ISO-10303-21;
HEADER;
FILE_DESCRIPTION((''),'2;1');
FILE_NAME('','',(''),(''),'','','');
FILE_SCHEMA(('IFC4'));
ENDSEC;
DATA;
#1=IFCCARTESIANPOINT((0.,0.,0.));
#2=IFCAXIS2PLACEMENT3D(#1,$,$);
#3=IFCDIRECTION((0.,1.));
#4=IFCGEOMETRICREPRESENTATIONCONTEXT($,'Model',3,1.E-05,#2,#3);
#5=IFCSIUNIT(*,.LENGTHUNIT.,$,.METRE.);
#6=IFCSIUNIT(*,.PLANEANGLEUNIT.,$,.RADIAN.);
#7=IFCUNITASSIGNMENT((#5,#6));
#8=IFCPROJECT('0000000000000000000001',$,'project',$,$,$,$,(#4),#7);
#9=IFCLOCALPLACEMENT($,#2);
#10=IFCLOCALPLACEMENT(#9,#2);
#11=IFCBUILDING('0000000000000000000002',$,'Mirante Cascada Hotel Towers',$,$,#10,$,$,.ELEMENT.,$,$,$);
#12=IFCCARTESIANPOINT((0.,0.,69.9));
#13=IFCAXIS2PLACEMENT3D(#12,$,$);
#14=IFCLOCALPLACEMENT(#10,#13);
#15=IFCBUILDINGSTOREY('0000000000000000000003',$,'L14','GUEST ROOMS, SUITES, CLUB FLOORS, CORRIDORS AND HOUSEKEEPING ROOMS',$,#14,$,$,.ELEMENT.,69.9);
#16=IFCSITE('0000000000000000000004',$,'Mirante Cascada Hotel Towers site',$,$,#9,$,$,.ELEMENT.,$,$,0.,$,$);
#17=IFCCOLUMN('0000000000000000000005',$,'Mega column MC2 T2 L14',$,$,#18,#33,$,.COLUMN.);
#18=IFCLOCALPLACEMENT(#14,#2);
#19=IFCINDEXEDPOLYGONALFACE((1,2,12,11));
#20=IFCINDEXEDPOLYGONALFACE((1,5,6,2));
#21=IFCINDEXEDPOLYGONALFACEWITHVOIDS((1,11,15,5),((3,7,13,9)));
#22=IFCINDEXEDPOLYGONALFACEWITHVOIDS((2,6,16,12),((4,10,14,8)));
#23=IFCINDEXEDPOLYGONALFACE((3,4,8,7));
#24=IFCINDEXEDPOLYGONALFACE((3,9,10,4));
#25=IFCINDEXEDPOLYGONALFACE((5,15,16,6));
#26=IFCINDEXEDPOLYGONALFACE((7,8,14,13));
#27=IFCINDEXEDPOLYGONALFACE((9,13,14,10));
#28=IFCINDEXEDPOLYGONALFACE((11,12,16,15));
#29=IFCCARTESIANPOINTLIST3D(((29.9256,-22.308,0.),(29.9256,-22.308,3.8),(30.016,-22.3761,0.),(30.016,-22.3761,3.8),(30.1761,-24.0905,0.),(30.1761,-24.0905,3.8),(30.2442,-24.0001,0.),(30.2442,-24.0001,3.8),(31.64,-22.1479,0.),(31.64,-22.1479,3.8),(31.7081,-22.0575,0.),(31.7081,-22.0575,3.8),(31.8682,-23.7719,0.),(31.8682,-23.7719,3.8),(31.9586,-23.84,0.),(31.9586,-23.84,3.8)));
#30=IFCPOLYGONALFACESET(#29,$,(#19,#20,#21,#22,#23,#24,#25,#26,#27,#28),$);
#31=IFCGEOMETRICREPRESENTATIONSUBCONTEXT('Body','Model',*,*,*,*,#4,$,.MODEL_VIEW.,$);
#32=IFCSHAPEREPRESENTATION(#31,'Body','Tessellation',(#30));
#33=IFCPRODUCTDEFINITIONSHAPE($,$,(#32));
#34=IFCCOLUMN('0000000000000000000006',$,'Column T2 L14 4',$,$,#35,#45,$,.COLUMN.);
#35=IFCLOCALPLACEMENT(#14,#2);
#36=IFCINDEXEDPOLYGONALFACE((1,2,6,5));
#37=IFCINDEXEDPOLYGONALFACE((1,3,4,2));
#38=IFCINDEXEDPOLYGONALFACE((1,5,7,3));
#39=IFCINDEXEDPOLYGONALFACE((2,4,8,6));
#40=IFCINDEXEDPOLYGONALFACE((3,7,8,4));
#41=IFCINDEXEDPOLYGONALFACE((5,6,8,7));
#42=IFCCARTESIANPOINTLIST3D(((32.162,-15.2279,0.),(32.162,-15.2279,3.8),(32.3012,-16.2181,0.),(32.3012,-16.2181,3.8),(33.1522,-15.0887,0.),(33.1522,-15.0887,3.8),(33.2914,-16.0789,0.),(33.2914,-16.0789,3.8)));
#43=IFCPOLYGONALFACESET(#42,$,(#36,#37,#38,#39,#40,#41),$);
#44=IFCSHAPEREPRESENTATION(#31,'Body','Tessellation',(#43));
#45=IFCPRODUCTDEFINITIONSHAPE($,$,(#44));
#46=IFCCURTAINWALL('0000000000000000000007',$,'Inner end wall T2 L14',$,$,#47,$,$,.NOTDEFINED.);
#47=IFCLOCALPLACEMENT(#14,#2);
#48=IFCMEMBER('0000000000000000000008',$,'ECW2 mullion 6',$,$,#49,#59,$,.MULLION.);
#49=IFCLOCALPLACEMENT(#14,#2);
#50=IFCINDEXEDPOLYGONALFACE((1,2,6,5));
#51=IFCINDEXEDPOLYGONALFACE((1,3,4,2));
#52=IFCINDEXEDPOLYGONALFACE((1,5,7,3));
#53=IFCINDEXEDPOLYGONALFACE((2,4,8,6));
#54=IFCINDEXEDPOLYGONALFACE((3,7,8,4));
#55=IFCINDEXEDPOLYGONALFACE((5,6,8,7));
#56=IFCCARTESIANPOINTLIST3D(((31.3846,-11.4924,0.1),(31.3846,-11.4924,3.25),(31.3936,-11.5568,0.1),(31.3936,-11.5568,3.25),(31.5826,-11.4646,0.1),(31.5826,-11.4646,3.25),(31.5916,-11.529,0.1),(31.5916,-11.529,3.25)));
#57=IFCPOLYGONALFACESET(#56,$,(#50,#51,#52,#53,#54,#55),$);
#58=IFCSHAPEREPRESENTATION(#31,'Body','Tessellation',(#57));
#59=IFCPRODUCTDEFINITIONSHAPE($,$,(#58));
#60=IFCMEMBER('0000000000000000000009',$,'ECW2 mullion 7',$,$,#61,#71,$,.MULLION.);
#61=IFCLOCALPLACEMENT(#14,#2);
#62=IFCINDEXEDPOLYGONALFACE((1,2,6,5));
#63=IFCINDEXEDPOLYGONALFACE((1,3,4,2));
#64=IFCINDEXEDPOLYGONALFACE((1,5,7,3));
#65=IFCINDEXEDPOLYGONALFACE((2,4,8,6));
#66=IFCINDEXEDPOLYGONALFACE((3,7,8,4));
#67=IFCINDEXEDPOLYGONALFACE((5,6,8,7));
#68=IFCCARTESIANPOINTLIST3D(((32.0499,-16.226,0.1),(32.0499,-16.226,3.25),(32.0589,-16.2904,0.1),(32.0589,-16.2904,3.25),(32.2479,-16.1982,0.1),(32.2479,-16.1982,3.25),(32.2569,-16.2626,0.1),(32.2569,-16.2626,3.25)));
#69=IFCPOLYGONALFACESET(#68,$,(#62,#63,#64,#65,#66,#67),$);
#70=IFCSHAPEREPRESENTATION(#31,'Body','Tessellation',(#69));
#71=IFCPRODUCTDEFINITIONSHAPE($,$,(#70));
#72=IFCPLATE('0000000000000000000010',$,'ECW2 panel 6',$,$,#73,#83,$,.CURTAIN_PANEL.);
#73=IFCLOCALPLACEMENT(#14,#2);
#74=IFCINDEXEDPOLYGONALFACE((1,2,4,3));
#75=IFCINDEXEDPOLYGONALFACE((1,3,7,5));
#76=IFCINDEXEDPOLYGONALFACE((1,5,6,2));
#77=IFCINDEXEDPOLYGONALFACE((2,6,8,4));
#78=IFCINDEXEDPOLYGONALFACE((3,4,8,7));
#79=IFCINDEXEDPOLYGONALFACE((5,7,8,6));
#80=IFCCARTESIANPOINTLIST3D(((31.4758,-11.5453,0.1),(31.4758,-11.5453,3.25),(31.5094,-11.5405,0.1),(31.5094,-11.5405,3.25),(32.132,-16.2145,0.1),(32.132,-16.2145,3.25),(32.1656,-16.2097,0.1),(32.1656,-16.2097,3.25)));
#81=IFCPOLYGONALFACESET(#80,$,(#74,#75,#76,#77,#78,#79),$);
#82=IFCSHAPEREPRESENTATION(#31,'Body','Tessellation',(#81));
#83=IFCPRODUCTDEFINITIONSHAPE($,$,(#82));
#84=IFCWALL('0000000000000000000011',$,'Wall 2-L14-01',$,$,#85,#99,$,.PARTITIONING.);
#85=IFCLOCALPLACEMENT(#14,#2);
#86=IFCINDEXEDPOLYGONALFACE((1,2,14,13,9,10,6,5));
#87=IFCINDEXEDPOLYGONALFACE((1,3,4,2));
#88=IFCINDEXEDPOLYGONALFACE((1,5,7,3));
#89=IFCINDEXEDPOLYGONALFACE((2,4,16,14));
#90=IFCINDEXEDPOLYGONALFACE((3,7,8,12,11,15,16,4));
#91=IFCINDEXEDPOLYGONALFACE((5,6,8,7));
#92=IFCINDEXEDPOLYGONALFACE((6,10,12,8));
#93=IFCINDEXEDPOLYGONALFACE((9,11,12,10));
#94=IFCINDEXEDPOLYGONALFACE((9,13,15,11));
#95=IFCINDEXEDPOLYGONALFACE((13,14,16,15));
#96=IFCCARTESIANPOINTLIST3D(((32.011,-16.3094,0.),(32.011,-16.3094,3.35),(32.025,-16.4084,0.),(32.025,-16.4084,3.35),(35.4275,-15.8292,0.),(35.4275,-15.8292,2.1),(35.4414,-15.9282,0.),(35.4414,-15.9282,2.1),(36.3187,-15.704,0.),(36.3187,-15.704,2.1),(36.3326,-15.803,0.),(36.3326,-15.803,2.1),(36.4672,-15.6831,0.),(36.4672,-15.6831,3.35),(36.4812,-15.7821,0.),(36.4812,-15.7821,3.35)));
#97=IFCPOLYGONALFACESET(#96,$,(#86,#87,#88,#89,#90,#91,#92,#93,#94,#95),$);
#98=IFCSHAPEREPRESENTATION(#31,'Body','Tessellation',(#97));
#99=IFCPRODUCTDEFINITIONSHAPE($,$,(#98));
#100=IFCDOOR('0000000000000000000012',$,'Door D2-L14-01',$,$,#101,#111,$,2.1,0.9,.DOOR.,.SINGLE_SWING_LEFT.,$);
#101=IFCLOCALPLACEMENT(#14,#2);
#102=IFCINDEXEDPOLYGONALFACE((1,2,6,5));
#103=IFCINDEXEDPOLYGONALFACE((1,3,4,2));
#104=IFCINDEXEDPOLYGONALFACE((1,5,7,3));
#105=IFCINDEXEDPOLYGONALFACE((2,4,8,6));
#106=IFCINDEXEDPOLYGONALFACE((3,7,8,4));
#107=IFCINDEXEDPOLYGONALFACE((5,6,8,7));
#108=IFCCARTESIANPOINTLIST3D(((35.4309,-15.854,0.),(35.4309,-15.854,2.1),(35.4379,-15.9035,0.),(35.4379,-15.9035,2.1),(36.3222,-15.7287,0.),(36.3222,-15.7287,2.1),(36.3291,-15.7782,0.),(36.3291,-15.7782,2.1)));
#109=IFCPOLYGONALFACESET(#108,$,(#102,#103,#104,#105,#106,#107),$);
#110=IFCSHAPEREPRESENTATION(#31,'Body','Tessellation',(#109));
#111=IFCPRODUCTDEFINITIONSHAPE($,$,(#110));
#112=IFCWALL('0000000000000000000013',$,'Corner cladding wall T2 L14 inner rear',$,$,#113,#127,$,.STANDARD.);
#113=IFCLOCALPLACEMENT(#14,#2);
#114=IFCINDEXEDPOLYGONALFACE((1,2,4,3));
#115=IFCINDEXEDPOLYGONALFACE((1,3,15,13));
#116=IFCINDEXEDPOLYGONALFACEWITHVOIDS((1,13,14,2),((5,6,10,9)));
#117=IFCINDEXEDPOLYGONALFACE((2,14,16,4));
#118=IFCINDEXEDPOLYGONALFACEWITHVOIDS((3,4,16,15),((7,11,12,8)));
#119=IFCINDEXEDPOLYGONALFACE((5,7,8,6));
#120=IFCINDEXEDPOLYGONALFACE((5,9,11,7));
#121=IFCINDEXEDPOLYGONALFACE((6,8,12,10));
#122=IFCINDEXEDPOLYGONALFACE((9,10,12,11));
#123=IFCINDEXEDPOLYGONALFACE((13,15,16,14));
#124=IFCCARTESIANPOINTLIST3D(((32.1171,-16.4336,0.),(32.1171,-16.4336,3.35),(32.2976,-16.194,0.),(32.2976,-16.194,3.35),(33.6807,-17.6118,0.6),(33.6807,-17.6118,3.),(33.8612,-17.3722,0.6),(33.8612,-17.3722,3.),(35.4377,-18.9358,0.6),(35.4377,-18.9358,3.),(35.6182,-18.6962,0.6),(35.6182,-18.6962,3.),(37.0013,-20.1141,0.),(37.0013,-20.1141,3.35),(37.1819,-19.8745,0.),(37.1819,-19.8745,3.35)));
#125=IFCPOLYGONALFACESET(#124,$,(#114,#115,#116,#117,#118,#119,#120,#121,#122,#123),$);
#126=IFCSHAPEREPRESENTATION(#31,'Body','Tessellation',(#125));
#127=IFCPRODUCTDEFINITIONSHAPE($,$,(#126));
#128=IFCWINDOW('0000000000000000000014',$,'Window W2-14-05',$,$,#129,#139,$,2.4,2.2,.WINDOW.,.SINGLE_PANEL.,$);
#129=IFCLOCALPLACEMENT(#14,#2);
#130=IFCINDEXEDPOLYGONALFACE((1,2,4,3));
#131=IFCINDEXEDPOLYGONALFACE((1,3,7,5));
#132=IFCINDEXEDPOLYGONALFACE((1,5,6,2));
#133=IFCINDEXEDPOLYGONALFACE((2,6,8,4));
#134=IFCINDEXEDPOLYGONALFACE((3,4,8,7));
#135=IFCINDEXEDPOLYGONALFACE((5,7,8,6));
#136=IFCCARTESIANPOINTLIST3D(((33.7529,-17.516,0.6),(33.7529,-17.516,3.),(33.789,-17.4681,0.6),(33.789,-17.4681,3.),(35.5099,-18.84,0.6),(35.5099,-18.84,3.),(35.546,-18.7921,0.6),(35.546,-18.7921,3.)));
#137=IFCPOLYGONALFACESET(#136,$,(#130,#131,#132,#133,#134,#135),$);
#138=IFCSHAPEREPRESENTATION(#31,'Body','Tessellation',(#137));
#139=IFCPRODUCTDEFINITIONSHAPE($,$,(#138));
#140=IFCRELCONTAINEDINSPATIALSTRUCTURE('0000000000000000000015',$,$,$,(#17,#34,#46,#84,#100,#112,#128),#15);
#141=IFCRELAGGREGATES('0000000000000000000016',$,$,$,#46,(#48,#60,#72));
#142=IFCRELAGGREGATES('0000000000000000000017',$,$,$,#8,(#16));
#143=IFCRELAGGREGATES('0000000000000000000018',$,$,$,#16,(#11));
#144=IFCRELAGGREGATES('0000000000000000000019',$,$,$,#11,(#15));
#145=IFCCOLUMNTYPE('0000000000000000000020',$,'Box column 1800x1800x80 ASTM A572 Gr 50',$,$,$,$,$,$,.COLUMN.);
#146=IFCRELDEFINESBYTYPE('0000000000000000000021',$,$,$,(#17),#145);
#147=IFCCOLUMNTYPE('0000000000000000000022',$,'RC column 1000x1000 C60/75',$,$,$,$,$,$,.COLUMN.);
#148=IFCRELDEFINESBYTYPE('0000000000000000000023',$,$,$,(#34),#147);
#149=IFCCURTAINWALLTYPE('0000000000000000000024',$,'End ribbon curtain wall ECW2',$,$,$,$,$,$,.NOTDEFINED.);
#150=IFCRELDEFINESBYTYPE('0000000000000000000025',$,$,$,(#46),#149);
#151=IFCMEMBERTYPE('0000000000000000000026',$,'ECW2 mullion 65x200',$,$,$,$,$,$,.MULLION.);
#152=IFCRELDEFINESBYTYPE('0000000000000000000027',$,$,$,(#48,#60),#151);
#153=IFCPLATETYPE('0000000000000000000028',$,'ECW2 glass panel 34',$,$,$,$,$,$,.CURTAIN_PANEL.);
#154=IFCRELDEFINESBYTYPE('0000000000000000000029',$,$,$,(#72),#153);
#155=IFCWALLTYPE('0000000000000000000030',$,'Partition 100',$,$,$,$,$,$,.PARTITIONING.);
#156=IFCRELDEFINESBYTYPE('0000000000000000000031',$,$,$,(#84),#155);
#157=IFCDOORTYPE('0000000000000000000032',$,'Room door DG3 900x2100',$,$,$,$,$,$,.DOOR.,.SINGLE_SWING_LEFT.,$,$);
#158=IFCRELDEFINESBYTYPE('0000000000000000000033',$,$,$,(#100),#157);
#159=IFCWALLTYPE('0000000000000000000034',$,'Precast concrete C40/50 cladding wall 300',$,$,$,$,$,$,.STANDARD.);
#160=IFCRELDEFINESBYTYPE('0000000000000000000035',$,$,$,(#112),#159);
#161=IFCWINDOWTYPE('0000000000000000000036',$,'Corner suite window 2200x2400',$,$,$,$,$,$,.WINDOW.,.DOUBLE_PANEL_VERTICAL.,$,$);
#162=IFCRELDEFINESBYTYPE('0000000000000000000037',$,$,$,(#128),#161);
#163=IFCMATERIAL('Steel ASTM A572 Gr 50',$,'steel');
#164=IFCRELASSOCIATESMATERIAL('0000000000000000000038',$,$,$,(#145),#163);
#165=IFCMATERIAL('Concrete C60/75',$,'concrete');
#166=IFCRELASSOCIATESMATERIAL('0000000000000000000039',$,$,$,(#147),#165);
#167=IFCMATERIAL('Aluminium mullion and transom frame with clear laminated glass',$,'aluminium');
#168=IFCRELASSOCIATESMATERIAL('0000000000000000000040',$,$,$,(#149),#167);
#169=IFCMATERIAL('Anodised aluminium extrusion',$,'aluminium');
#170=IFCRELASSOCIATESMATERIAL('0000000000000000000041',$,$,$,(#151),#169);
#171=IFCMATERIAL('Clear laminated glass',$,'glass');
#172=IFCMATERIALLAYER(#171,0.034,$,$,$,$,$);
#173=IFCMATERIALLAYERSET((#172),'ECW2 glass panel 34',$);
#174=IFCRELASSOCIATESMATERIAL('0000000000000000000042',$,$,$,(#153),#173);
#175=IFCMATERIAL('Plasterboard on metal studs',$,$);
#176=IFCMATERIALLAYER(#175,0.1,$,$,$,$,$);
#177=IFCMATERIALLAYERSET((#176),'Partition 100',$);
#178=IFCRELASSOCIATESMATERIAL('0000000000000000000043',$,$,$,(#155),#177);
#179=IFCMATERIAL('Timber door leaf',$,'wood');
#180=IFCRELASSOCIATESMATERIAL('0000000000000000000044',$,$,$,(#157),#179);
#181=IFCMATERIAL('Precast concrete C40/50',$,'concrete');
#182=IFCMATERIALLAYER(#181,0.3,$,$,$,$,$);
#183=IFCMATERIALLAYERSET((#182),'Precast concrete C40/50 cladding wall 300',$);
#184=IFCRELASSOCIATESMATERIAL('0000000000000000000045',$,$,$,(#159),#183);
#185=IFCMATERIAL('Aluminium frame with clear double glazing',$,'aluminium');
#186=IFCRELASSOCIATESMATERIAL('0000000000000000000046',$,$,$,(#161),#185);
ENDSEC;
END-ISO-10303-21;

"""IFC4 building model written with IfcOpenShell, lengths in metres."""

from ifc_helpers import new_model, si_unit, direction, frame, frame_2d, origin, origin_2d, place, context, subcontext, project, spatial, rectangle, hollow_rectangle, extrude, material, layer, layer_set, material_profile, profile_set, type_object, element, fill, aggregate, save


model = new_model("IFC4")

# Units and contexts
model_context = context("Model", 3, precision=1e-05, world=origin(), true_north=direction((0.0, 1.0)))
body_context = subcontext(model_context, "Body", "Model", "MODEL_VIEW")
ifc_project = project(units=[si_unit("LENGTHUNIT", "METRE"), si_unit("PLANEANGLEUNIT", "RADIAN")], contexts=[model_context])

# Site, building, storey
site_placement = place(None, origin())
site = spatial("IfcSite", under=ifc_project, at=site_placement, Name="Mirante Cascada Hotel Towers site", CompositionType="ELEMENT", RefElevation=0.0)
building_placement = place(site_placement, origin())
building = spatial("IfcBuilding", under=site, at=building_placement, Name="Mirante Cascada Hotel Towers", CompositionType="ELEMENT")
storey_placement = place(building_placement, frame((0.0, 0.0, 69.9)))
storey = spatial("IfcBuildingStorey", under=building, at=storey_placement, Name="L14", Description="GUEST ROOMS, SUITES, CLUB FLOORS, CORRIDORS AND HOUSEKEEPING ROOMS", CompositionType="ELEMENT", Elevation=69.9)

# Columns
ifc_material_1 = material(Name="Steel ASTM A572 Gr 50", Category="steel")
ifc_material_profile_1 = material_profile(ifc_material_1, hollow_rectangle(XDim=1.8, YDim=1.8, WallThickness=0.08, at=origin_2d()), Name="Box column 1800x1800x80 ASTM A572 Gr 50")
ifc_profile_set_1 = profile_set([ifc_material_profile_1], Name="Steel ASTM A572 Gr 50")
column_type_1 = type_object("IfcColumnType", Name="Box column 1800x1800x80 ASTM A572 Gr 50", PredefinedType="COLUMN", material=ifc_profile_set_1)
column_1_placement = place(storey_placement, frame((30.9421, -23.074, 0.0), z_axis=(0.0, 0.0, 1.0), x_axis=(0.990268, 0.139173, 0.0)))
element("IfcColumn", 1, at=column_1_placement, inside=storey, type_object=column_type_1, Name="Mega column MC2 T2 L14", PredefinedType="COLUMN", context=body_context, shape_type="SweptSolid", body=[
    extrude(hollow_rectangle(XDim=1.8, YDim=1.8, WallThickness=0.08, at=origin_2d()), origin(), (0.0, 0.0, 1.0), 3.8),
])
ifc_material_2 = material(Name="Concrete C60/75", Category="concrete")
ifc_material_profile_2 = material_profile(ifc_material_2, rectangle(XDim=1.0, YDim=1.0, at=origin_2d()), Name="RC column 1000x1000 C60/75")
ifc_profile_set_2 = profile_set([ifc_material_profile_2], Name="Concrete C60/75")
column_type_2 = type_object("IfcColumnType", Name="RC column 1000x1000 C60/75", PredefinedType="COLUMN", material=ifc_profile_set_2)
column_2_placement = place(storey_placement, frame((32.7267, -15.6534, 0.0), z_axis=(0.0, 0.0, 1.0), x_axis=(0.990268, 0.139173, 0.0)))
element("IfcColumn", 2, at=column_2_placement, inside=storey, type_object=column_type_2, Name="Column T2 L14 4", PredefinedType="COLUMN", context=body_context, shape_type="SweptSolid", body=[
    extrude(rectangle(XDim=1.0, YDim=1.0, at=origin_2d()), origin(), (0.0, 0.0, 1.0), 3.8),
])

# Curtain wall, members, plate
ifc_material_3 = material(Name="Aluminium mullion and transom frame with clear laminated glass", Category="aluminium")
curtain_wall_type = type_object("IfcCurtainWallType", Name="End ribbon curtain wall ECW2", PredefinedType="NOTDEFINED", material=ifc_material_3)
curtain_wall_placement = place(storey_placement, origin())
curtain_wall = element("IfcCurtainWall", 3, at=curtain_wall_placement, inside=storey, type_object=curtain_wall_type, Name="Inner end wall T2 L14", PredefinedType="NOTDEFINED")
ifc_material_4 = material(Name="Anodised aluminium extrusion", Category="aluminium")
ifc_material_profile_3 = material_profile(ifc_material_4, rectangle(XDim=0.2, YDim=0.065, at=origin_2d()), Name="ECW2 MULLION 65x200")
ifc_profile_set_3 = profile_set([ifc_material_profile_3], Name="Anodised aluminium extrusion")
member_type = type_object("IfcMemberType", Name="ECW2 mullion 65x200", PredefinedType="MULLION", material=ifc_profile_set_3)
member_1_placement = place(storey_placement, frame((31.4881, -11.5107, 0.1), z_axis=(0.0, 0.0, 1.0), x_axis=(0.990268, 0.139173, 0.0)))
member_1 = element("IfcMember", 4, at=member_1_placement, type_object=member_type, Name="ECW2 mullion 6", PredefinedType="MULLION", context=body_context, shape_type="SweptSolid", body=[
    extrude(rectangle(XDim=0.2, YDim=0.065, at=origin_2d()), origin(), (0.0, 0.0, 1.0), 3.15),
])
member_2_placement = place(storey_placement, frame((32.1534, -16.2443, 0.1), z_axis=(0.0, 0.0, 1.0), x_axis=(0.990268, 0.139173, 0.0)))
member_2 = element("IfcMember", 5, at=member_2_placement, type_object=member_type, Name="ECW2 mullion 7", PredefinedType="MULLION", context=body_context, shape_type="SweptSolid", body=[
    extrude(rectangle(XDim=0.2, YDim=0.065, at=origin_2d()), origin(), (0.0, 0.0, 1.0), 3.15),
])
ifc_material_5 = material(Name="Clear laminated glass", Category="glass")
ifc_layer_1 = layer(ifc_material_5, 0.034)
ifc_layer_set_1 = layer_set([ifc_layer_1], Name="ECW2 glass panel 34")
plate_type = type_object("IfcPlateType", Name="ECW2 glass panel 34", PredefinedType="CURTAIN_PANEL", material=ifc_layer_set_1)
plate_placement = place(storey_placement, frame((31.8207, -13.8775, 0.1), z_axis=(0.0, 0.0, 1.0), x_axis=(0.139173, -0.990268, 0.0)))
plate = element("IfcPlate", 6, at=plate_placement, type_object=plate_type, Name="ECW2 panel 6", PredefinedType="CURTAIN_PANEL", context=body_context, shape_type="SweptSolid", body=[
    extrude(rectangle(XDim=4.7151, YDim=0.034, at=origin_2d()), origin(), (0.0, 0.0, 1.0), 3.15),
])
aggregate(curtain_wall, [member_1, member_2, plate])

# Wall, opening, door
ifc_material_6 = material(Name="Plasterboard on metal studs")
ifc_layer_2 = layer(ifc_material_6, 0.1)
ifc_layer_set_2 = layer_set([ifc_layer_2], Name="Partition 100")
wall_type_1 = type_object("IfcWallType", Name="Partition 100", PredefinedType="PARTITIONING", material=ifc_layer_set_2)
wall_1_placement = place(storey_placement, frame((32.018, -16.3589, 0.0), z_axis=(0.0, 0.0, 1.0), x_axis=(0.990267, 0.139178, 0.0)))
wall_1 = element("IfcWall", 7, at=wall_1_placement, inside=storey, type_object=wall_type_1, Name="Wall 2-L14-01", PredefinedType="PARTITIONING", context=body_context, shape_type="SweptSolid", body=[
    extrude(rectangle(XDim=4.5, YDim=0.1, at=frame_2d((2.25, 0.0))), origin(), (0.0, 0.0, 1.0), 3.35),
])
opening_1_placement = place(wall_1_placement, frame((3.45, 0.0, 0.0)))
opening_1 = element("IfcOpeningElement", 8, at=opening_1_placement, cuts=wall_1, PredefinedType="OPENING", context=body_context, shape_type="SweptSolid", body=[
    extrude(rectangle(XDim=0.9, YDim=2.1, at=frame_2d((0.45, 1.05))), frame((0.0, 0.05, 0.0), z_axis=(0.0, -1.0, 0.0), x_axis=(1.0, 0.0, 0.0)), (0.0, 0.0, 1.0), 0.1),
])
ifc_material_7 = material(Name="Timber door leaf", Category="wood")
door_type = type_object("IfcDoorType", Name="Room door DG3 900x2100", OperationType="SINGLE_SWING_LEFT", PredefinedType="DOOR", material=ifc_material_7)
door_placement = place(opening_1_placement, origin())
door = element("IfcDoor", 9, at=door_placement, inside=storey, type_object=door_type, Name="Door D2-L14-01", OperationType="SINGLE_SWING_LEFT", OverallHeight=2.1, OverallWidth=0.9, PredefinedType="DOOR", context=body_context, shape_type="SweptSolid", body=[
    extrude(rectangle(XDim=0.9, YDim=2.1, at=frame_2d((0.45, 1.05))), frame((0.0, 0.025, 0.0), z_axis=(0.0, -1.0, 0.0), x_axis=(1.0, 0.0, 0.0)), (0.0, 0.0, 1.0), 0.05),
])
fill(opening_1, door)

# Wall, opening, window
ifc_material_8 = material(Name="Precast concrete C40/50", Category="concrete")
ifc_layer_3 = layer(ifc_material_8, 0.3)
ifc_layer_set_3 = layer_set([ifc_layer_3], Name="Precast concrete C40/50 cladding wall 300")
wall_type_2 = type_object("IfcWallType", Name="Precast concrete C40/50 cladding wall 300", PredefinedType="STANDARD", material=ifc_layer_set_3)
wall_2_placement = place(storey_placement, frame((32.2074, -16.3138, 0.0), z_axis=(0.0, 0.0, 1.0), x_axis=(0.798636, -0.601814, 0.0)))
wall_2 = element("IfcWall", 10, at=wall_2_placement, inside=storey, type_object=wall_type_2, Name="Corner cladding wall T2 L14 inner rear", PredefinedType="STANDARD", context=body_context, shape_type="SweptSolid", body=[
    extrude(rectangle(XDim=6.1157, YDim=0.3, at=frame_2d((3.0578, 0.0))), origin(), (0.0, 0.0, 1.0), 3.35),
])
opening_2_placement = place(wall_2_placement, frame((1.9578, 0.0, 0.6)))
opening_2 = element("IfcOpeningElement", 11, at=opening_2_placement, cuts=wall_2, PredefinedType="OPENING", context=body_context, shape_type="SweptSolid", body=[
    extrude(rectangle(XDim=2.2, YDim=2.4, at=frame_2d((1.1, 1.2))), frame((0.0, 0.15, 0.0), z_axis=(0.0, -1.0, 0.0), x_axis=(1.0, 0.0, 0.0)), (0.0, 0.0, 1.0), 0.3),
])
ifc_material_9 = material(Name="Aluminium frame with clear double glazing", Category="aluminium")
window_type = type_object("IfcWindowType", Name="Corner suite window 2200x2400", PartitioningType="DOUBLE_PANEL_VERTICAL", PredefinedType="WINDOW", material=ifc_material_9)
window_placement = place(opening_2_placement, origin())
window = element("IfcWindow", 12, at=window_placement, inside=storey, type_object=window_type, Name="Window W2-14-05", OverallHeight=2.4, OverallWidth=2.2, PartitioningType="SINGLE_PANEL", PredefinedType="WINDOW", context=body_context, shape_type="SweptSolid", body=[
    extrude(rectangle(XDim=2.2, YDim=2.4, at=frame_2d((1.1, 1.2))), frame((0.0, 0.03, 0.0), z_axis=(0.0, -1.0, 0.0), x_axis=(1.0, 0.0, 0.0)), (0.0, 0.0, 1.0), 0.06),
])
fill(opening_2, window)

save(model, "model.ifc")
